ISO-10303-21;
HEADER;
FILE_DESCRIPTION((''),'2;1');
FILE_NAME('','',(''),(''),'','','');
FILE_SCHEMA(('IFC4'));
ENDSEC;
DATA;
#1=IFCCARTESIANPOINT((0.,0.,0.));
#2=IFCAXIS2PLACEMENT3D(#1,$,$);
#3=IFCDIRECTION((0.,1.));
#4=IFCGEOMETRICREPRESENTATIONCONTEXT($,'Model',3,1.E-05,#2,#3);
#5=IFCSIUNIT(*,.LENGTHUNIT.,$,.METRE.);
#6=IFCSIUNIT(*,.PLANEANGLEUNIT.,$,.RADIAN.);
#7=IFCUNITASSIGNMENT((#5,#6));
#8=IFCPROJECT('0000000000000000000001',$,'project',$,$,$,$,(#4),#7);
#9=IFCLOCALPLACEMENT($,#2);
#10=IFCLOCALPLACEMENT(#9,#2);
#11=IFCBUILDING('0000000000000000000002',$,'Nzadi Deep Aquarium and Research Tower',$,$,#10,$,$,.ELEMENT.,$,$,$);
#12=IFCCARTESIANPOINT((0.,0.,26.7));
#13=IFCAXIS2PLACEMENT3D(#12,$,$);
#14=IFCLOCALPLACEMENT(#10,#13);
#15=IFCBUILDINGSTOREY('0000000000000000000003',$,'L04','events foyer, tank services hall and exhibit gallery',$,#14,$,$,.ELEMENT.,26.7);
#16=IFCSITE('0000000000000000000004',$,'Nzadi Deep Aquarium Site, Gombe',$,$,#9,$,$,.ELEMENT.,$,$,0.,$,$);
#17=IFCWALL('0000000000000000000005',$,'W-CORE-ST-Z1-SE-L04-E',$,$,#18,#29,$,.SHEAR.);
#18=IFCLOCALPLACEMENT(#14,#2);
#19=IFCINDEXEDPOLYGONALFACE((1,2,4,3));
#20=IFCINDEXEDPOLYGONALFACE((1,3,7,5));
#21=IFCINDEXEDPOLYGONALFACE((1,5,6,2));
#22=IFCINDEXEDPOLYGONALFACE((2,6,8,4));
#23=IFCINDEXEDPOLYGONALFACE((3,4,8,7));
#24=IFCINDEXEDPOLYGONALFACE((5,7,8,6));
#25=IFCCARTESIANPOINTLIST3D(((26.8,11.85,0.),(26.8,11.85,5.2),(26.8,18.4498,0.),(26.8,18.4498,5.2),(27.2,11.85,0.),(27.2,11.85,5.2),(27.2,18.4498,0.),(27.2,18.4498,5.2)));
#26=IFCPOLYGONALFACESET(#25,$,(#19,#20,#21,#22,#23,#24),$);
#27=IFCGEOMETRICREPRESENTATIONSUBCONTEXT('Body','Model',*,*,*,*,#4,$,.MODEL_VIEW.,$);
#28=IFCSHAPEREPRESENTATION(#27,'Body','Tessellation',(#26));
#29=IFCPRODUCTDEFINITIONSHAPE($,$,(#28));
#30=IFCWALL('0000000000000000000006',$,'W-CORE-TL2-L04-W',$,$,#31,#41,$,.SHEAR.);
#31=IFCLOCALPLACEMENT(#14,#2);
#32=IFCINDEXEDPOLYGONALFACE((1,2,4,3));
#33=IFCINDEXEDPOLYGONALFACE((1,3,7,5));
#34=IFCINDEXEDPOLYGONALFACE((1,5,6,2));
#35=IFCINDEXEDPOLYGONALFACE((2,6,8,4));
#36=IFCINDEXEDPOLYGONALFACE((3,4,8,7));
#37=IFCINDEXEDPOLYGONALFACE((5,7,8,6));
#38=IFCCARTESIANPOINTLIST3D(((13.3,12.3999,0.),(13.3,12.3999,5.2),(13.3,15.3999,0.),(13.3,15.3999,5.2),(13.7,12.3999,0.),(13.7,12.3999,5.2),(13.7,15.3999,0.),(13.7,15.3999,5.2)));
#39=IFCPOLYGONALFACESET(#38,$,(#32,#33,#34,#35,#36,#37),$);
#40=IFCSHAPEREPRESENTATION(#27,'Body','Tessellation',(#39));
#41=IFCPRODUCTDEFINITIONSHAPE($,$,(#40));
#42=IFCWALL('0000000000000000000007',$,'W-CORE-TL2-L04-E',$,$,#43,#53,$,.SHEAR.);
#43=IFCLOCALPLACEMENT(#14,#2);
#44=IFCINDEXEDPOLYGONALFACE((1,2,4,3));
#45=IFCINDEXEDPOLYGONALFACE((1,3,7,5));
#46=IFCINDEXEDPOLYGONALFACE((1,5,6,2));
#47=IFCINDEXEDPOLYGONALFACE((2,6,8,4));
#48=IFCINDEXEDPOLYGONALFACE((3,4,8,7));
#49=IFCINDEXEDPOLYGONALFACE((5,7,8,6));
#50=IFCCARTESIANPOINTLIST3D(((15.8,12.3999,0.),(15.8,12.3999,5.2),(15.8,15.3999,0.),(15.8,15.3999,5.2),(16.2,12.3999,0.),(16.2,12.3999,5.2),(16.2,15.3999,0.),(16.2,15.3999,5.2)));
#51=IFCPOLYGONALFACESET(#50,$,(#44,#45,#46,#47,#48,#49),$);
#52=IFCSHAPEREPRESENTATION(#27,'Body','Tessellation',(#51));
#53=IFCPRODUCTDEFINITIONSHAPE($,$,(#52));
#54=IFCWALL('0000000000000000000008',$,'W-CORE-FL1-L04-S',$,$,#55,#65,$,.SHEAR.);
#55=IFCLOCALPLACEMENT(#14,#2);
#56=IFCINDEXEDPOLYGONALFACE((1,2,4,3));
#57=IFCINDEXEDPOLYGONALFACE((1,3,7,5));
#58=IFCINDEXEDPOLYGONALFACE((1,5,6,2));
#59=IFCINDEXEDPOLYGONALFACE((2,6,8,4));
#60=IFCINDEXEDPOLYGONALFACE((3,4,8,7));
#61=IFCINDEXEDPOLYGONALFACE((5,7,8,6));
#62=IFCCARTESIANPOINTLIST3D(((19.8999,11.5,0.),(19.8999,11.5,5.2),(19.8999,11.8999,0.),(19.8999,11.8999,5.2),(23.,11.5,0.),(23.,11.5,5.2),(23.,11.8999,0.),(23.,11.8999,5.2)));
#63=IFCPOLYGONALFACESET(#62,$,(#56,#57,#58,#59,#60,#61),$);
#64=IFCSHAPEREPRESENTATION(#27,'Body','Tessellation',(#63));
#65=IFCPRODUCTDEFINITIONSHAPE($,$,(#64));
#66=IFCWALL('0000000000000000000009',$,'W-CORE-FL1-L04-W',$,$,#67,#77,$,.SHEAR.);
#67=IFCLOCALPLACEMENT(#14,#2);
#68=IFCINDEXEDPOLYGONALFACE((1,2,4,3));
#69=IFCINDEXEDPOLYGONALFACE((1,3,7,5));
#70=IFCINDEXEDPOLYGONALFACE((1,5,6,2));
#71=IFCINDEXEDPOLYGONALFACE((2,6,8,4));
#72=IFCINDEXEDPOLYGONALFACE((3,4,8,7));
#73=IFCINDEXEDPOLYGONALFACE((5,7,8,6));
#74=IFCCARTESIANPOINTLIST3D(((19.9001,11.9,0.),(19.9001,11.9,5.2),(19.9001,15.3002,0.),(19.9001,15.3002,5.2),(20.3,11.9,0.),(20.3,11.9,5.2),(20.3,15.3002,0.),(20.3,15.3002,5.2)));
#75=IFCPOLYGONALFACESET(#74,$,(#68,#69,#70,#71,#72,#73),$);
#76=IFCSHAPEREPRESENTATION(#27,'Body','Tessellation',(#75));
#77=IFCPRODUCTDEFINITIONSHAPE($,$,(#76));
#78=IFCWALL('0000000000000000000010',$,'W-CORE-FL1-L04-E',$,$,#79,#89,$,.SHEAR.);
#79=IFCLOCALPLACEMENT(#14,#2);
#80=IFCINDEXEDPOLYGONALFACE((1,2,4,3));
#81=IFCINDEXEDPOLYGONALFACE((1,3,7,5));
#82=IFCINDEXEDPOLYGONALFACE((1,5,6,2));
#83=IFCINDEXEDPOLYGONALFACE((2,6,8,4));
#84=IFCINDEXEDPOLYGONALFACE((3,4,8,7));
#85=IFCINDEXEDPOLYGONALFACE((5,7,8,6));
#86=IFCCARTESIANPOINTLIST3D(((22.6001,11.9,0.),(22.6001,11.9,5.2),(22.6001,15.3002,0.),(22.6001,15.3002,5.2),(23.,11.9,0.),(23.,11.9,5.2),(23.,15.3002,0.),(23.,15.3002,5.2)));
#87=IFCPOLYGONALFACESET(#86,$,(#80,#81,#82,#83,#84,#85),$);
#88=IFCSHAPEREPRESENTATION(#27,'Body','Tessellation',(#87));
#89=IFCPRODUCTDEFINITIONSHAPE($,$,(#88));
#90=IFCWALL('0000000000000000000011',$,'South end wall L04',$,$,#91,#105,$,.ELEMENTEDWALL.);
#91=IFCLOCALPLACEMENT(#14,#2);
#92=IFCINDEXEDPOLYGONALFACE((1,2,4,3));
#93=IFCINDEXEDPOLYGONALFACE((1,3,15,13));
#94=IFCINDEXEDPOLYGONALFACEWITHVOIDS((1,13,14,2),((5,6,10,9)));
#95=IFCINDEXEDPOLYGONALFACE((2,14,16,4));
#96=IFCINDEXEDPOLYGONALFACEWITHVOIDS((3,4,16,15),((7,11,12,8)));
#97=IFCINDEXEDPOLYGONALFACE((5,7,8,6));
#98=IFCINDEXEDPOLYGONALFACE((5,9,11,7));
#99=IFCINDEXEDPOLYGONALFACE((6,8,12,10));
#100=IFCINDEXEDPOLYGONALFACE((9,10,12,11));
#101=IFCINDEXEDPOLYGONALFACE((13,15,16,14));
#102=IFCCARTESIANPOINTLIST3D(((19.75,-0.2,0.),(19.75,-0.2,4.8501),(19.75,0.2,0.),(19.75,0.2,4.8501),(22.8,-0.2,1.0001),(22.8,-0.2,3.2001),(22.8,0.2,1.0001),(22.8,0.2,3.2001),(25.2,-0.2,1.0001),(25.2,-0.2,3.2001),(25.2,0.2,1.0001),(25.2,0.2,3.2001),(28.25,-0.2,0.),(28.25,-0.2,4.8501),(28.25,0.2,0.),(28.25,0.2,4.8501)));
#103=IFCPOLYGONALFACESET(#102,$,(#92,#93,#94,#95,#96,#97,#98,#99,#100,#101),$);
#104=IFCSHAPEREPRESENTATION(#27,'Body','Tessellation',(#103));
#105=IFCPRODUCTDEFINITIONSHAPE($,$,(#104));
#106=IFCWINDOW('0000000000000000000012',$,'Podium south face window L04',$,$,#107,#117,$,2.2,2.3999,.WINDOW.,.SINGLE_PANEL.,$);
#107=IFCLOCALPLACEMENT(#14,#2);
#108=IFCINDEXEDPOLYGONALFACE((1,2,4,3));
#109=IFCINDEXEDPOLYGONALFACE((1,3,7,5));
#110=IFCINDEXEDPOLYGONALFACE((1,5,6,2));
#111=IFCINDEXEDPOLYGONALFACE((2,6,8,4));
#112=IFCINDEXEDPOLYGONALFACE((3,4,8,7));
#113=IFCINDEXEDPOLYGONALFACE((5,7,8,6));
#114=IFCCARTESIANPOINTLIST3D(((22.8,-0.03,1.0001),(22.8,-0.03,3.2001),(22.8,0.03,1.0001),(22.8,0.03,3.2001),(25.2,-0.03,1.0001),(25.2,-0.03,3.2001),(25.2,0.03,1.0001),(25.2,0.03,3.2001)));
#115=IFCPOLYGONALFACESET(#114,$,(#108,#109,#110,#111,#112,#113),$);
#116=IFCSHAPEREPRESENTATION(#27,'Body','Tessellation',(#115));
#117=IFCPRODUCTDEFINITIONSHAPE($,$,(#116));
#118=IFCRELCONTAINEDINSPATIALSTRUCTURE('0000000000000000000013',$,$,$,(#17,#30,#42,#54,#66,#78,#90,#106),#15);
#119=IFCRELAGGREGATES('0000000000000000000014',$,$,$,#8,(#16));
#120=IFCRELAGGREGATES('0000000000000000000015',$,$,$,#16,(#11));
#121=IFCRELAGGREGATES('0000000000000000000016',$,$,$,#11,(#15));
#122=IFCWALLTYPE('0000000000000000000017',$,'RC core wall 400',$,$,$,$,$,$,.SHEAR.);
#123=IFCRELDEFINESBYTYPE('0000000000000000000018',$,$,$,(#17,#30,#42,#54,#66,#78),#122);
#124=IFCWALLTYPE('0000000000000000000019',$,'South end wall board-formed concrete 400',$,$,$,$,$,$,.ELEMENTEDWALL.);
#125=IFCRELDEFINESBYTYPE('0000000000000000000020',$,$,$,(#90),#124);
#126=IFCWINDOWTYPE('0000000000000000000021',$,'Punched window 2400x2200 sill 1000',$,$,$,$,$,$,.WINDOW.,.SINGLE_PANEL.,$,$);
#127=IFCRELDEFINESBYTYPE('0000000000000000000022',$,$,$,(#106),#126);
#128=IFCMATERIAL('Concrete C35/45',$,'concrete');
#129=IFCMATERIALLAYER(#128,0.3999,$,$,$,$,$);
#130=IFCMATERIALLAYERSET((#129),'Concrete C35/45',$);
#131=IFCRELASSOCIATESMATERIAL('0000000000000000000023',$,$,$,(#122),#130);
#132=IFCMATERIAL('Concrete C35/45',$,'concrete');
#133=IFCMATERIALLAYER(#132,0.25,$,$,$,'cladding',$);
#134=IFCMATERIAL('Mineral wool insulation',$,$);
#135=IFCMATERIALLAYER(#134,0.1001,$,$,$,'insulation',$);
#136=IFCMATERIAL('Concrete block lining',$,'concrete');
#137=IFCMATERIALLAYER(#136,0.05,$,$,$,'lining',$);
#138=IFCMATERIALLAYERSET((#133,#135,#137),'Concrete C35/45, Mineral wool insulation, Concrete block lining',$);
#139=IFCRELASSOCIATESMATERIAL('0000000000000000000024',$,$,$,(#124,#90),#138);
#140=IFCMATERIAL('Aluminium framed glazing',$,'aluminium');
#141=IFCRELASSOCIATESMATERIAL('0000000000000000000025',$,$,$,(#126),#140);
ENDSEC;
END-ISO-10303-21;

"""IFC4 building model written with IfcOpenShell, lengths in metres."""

from ifc_helpers import new_model, si_unit, direction, frame, frame_2d, origin, place, context, subcontext, project, spatial, rectangle, extrude, material, layer, layer_set, layer_usage, type_object, element, fill, save


model = new_model("IFC4")

# Units and contexts
model_context = context("Model", 3, precision=1e-05, world=origin(), true_north=direction((0.0, 1.0)))
body_context = subcontext(model_context, "Body", "Model", "MODEL_VIEW")
ifc_project = project(units=[si_unit("LENGTHUNIT", "METRE"), si_unit("PLANEANGLEUNIT", "RADIAN")], contexts=[model_context])

# Site, building, storey
site_placement = place(None, origin())
site = spatial("IfcSite", under=ifc_project, at=site_placement, Name="Nzadi Deep Aquarium Site, Gombe", CompositionType="ELEMENT", RefElevation=0.0)
building_placement = place(site_placement, origin())
building = spatial("IfcBuilding", under=site, at=building_placement, Name="Nzadi Deep Aquarium and Research Tower", CompositionType="ELEMENT")
storey_placement = place(building_placement, frame((0.0, 0.0, 26.7)))
storey = spatial("IfcBuildingStorey", under=building, at=storey_placement, Name="L04", Description="events foyer, tank services hall and exhibit gallery", CompositionType="ELEMENT", Elevation=26.7)

# Shared definitions
ifc_material_1 = material(Name="Concrete C35/45", Category="concrete")
ifc_layer_1 = layer(ifc_material_1, 0.3999)
ifc_layer_set_1 = layer_set([ifc_layer_1], Name="Concrete C35/45")
wall_type_1 = type_object("IfcWallType", Name="RC core wall 400", PredefinedType="SHEAR", material=ifc_layer_set_1)

# Walls
for number, where, z_axis, x_axis, name in (
    (1, (27.0, 11.8501, 0.0), (0.0, 0.0, 1.0), (0.0, 1.0, 0.0), "W-CORE-ST-Z1-SE-L04-E"),
):
    element("IfcWall", number, at=place(storey_placement, frame(where, z_axis=z_axis, x_axis=x_axis)), inside=storey, type_object=wall_type_1, Name=name, PredefinedType="SHEAR", context=body_context, shape_type="SweptSolid", body=[
        extrude(rectangle(XDim=6.5999, YDim=0.3999, at=frame_2d((3.2998, 0.0))), origin(), (0.0, 0.0, 1.0), 5.2),
    ])
for number, where, z_axis, x_axis, name in (
    (2, (13.5, 12.3999, 0.0), (0.0, 0.0, 1.0), (0.0, 1.0, 0.0), "W-CORE-TL2-L04-W"),
    (3, (16.0, 12.3999, 0.0), (0.0, 0.0, 1.0), (0.0, 1.0, 0.0), "W-CORE-TL2-L04-E"),
):
    element("IfcWall", number, at=place(storey_placement, frame(where, z_axis=z_axis, x_axis=x_axis)), inside=storey, type_object=wall_type_1, Name=name, PredefinedType="SHEAR", context=body_context, shape_type="SweptSolid", body=[
        extrude(rectangle(XDim=3.0, YDim=0.3999, at=frame_2d((1.5, 0.0))), origin(), (0.0, 0.0, 1.0), 5.2),
    ])
wall_1_placement = place(storey_placement, frame((19.8999, 11.7, 0.0), z_axis=(0.0, 0.0, 1.0), x_axis=(1.0, 0.0, 0.0)))
element("IfcWall", 4, at=wall_1_placement, inside=storey, type_object=wall_type_1, Name="W-CORE-FL1-L04-S", PredefinedType="SHEAR", context=body_context, shape_type="SweptSolid", body=[
    extrude(rectangle(XDim=3.1001, YDim=0.3999, at=frame_2d((1.55, 0.0))), origin(), (0.0, 0.0, 1.0), 5.2),
])
for number, where, z_axis, x_axis, name in (
    (5, (20.1001, 11.8999, 0.0), (0.0, 0.0, 1.0), (0.0, 1.0, 0.0), "W-CORE-FL1-L04-W"),
    (6, (22.8, 11.8999, 0.0), (0.0, 0.0, 1.0), (0.0, 1.0, 0.0), "W-CORE-FL1-L04-E"),
):
    element("IfcWall", number, at=place(storey_placement, frame(where, z_axis=z_axis, x_axis=x_axis)), inside=storey, type_object=wall_type_1, Name=name, PredefinedType="SHEAR", context=body_context, shape_type="SweptSolid", body=[
        extrude(rectangle(XDim=3.4001, YDim=0.3999, at=frame_2d((1.7002, 0.0))), origin(), (0.0, 0.0, 1.0), 5.2),
    ])

# Wall, opening, window
ifc_material_2 = material(Name="Concrete C35/45", Category="concrete")
ifc_layer_2 = layer(ifc_material_2, 0.25, Category="cladding")
ifc_material_3 = material(Name="Mineral wool insulation")
ifc_layer_3 = layer(ifc_material_3, 0.1001, Category="insulation")
ifc_material_4 = material(Name="Concrete block lining", Category="concrete")
ifc_layer_4 = layer(ifc_material_4, 0.05, Category="lining")
ifc_layer_set_2 = layer_set([ifc_layer_2, ifc_layer_3, ifc_layer_4], Name="Concrete C35/45, Mineral wool insulation, Concrete block lining")
ifc_layer_usage = layer_usage(ifc_layer_set_2, "AXIS2", "POSITIVE", -0.2)
wall_type_2 = type_object("IfcWallType", Name="South end wall board-formed concrete 400", PredefinedType="ELEMENTEDWALL", material=ifc_layer_set_2)
wall_2_placement = place(storey_placement, frame((19.75, 0.0, 0.0), z_axis=(0.0, 0.0, 1.0), x_axis=(1.0, 0.0, 0.0)))
wall_2 = element("IfcWall", 7, at=wall_2_placement, inside=storey, type_object=wall_type_2, material=ifc_layer_usage, Name="South end wall L04", PredefinedType="ELEMENTEDWALL", context=body_context, shape_type="SweptSolid", body=[
    extrude(rectangle(XDim=8.5, YDim=0.3999, at=frame_2d((4.25, 0.0))), origin(), (0.0, 0.0, 1.0), 4.8501),
])
opening_1_placement = place(wall_2_placement, frame((3.05, 0.0, 1.0)))
opening_1 = element("IfcOpeningElement", 8, at=opening_1_placement, cuts=wall_2, PredefinedType="OPENING", context=body_context, shape_type="SweptSolid", body=[
    extrude(rectangle(XDim=2.3999, YDim=2.2, at=frame_2d((1.2, 1.1001))), frame((0.0, 0.21, 0.0), z_axis=(0.0, -1.0, 0.0), x_axis=(1.0, 0.0, 0.0)), (0.0, 0.0, 1.0), 0.4199),
])
ifc_material_5 = material(Name="Aluminium framed glazing", Category="aluminium")
window_type = type_object("IfcWindowType", Name="Punched window 2400x2200 sill 1000", PartitioningType="SINGLE_PANEL", PredefinedType="WINDOW", material=ifc_material_5)
window_placement = place(opening_1_placement, origin())
window = element("IfcWindow", 9, at=window_placement, inside=storey, type_object=window_type, Name="Podium south face window L04", OverallHeight=2.2, OverallWidth=2.3999, PartitioningType="SINGLE_PANEL", PredefinedType="WINDOW", context=body_context, shape_type="SweptSolid", body=[
    extrude(rectangle(XDim=2.3999, YDim=2.2, at=frame_2d((1.2, 1.1001))), frame((0.0, 0.03, 0.0), z_axis=(0.0, -1.0, 0.0), x_axis=(1.0, 0.0, 0.0)), (0.0, 0.0, 1.0), 0.0601),
])
fill(opening_1, window)

save(model, "model.ifc")
